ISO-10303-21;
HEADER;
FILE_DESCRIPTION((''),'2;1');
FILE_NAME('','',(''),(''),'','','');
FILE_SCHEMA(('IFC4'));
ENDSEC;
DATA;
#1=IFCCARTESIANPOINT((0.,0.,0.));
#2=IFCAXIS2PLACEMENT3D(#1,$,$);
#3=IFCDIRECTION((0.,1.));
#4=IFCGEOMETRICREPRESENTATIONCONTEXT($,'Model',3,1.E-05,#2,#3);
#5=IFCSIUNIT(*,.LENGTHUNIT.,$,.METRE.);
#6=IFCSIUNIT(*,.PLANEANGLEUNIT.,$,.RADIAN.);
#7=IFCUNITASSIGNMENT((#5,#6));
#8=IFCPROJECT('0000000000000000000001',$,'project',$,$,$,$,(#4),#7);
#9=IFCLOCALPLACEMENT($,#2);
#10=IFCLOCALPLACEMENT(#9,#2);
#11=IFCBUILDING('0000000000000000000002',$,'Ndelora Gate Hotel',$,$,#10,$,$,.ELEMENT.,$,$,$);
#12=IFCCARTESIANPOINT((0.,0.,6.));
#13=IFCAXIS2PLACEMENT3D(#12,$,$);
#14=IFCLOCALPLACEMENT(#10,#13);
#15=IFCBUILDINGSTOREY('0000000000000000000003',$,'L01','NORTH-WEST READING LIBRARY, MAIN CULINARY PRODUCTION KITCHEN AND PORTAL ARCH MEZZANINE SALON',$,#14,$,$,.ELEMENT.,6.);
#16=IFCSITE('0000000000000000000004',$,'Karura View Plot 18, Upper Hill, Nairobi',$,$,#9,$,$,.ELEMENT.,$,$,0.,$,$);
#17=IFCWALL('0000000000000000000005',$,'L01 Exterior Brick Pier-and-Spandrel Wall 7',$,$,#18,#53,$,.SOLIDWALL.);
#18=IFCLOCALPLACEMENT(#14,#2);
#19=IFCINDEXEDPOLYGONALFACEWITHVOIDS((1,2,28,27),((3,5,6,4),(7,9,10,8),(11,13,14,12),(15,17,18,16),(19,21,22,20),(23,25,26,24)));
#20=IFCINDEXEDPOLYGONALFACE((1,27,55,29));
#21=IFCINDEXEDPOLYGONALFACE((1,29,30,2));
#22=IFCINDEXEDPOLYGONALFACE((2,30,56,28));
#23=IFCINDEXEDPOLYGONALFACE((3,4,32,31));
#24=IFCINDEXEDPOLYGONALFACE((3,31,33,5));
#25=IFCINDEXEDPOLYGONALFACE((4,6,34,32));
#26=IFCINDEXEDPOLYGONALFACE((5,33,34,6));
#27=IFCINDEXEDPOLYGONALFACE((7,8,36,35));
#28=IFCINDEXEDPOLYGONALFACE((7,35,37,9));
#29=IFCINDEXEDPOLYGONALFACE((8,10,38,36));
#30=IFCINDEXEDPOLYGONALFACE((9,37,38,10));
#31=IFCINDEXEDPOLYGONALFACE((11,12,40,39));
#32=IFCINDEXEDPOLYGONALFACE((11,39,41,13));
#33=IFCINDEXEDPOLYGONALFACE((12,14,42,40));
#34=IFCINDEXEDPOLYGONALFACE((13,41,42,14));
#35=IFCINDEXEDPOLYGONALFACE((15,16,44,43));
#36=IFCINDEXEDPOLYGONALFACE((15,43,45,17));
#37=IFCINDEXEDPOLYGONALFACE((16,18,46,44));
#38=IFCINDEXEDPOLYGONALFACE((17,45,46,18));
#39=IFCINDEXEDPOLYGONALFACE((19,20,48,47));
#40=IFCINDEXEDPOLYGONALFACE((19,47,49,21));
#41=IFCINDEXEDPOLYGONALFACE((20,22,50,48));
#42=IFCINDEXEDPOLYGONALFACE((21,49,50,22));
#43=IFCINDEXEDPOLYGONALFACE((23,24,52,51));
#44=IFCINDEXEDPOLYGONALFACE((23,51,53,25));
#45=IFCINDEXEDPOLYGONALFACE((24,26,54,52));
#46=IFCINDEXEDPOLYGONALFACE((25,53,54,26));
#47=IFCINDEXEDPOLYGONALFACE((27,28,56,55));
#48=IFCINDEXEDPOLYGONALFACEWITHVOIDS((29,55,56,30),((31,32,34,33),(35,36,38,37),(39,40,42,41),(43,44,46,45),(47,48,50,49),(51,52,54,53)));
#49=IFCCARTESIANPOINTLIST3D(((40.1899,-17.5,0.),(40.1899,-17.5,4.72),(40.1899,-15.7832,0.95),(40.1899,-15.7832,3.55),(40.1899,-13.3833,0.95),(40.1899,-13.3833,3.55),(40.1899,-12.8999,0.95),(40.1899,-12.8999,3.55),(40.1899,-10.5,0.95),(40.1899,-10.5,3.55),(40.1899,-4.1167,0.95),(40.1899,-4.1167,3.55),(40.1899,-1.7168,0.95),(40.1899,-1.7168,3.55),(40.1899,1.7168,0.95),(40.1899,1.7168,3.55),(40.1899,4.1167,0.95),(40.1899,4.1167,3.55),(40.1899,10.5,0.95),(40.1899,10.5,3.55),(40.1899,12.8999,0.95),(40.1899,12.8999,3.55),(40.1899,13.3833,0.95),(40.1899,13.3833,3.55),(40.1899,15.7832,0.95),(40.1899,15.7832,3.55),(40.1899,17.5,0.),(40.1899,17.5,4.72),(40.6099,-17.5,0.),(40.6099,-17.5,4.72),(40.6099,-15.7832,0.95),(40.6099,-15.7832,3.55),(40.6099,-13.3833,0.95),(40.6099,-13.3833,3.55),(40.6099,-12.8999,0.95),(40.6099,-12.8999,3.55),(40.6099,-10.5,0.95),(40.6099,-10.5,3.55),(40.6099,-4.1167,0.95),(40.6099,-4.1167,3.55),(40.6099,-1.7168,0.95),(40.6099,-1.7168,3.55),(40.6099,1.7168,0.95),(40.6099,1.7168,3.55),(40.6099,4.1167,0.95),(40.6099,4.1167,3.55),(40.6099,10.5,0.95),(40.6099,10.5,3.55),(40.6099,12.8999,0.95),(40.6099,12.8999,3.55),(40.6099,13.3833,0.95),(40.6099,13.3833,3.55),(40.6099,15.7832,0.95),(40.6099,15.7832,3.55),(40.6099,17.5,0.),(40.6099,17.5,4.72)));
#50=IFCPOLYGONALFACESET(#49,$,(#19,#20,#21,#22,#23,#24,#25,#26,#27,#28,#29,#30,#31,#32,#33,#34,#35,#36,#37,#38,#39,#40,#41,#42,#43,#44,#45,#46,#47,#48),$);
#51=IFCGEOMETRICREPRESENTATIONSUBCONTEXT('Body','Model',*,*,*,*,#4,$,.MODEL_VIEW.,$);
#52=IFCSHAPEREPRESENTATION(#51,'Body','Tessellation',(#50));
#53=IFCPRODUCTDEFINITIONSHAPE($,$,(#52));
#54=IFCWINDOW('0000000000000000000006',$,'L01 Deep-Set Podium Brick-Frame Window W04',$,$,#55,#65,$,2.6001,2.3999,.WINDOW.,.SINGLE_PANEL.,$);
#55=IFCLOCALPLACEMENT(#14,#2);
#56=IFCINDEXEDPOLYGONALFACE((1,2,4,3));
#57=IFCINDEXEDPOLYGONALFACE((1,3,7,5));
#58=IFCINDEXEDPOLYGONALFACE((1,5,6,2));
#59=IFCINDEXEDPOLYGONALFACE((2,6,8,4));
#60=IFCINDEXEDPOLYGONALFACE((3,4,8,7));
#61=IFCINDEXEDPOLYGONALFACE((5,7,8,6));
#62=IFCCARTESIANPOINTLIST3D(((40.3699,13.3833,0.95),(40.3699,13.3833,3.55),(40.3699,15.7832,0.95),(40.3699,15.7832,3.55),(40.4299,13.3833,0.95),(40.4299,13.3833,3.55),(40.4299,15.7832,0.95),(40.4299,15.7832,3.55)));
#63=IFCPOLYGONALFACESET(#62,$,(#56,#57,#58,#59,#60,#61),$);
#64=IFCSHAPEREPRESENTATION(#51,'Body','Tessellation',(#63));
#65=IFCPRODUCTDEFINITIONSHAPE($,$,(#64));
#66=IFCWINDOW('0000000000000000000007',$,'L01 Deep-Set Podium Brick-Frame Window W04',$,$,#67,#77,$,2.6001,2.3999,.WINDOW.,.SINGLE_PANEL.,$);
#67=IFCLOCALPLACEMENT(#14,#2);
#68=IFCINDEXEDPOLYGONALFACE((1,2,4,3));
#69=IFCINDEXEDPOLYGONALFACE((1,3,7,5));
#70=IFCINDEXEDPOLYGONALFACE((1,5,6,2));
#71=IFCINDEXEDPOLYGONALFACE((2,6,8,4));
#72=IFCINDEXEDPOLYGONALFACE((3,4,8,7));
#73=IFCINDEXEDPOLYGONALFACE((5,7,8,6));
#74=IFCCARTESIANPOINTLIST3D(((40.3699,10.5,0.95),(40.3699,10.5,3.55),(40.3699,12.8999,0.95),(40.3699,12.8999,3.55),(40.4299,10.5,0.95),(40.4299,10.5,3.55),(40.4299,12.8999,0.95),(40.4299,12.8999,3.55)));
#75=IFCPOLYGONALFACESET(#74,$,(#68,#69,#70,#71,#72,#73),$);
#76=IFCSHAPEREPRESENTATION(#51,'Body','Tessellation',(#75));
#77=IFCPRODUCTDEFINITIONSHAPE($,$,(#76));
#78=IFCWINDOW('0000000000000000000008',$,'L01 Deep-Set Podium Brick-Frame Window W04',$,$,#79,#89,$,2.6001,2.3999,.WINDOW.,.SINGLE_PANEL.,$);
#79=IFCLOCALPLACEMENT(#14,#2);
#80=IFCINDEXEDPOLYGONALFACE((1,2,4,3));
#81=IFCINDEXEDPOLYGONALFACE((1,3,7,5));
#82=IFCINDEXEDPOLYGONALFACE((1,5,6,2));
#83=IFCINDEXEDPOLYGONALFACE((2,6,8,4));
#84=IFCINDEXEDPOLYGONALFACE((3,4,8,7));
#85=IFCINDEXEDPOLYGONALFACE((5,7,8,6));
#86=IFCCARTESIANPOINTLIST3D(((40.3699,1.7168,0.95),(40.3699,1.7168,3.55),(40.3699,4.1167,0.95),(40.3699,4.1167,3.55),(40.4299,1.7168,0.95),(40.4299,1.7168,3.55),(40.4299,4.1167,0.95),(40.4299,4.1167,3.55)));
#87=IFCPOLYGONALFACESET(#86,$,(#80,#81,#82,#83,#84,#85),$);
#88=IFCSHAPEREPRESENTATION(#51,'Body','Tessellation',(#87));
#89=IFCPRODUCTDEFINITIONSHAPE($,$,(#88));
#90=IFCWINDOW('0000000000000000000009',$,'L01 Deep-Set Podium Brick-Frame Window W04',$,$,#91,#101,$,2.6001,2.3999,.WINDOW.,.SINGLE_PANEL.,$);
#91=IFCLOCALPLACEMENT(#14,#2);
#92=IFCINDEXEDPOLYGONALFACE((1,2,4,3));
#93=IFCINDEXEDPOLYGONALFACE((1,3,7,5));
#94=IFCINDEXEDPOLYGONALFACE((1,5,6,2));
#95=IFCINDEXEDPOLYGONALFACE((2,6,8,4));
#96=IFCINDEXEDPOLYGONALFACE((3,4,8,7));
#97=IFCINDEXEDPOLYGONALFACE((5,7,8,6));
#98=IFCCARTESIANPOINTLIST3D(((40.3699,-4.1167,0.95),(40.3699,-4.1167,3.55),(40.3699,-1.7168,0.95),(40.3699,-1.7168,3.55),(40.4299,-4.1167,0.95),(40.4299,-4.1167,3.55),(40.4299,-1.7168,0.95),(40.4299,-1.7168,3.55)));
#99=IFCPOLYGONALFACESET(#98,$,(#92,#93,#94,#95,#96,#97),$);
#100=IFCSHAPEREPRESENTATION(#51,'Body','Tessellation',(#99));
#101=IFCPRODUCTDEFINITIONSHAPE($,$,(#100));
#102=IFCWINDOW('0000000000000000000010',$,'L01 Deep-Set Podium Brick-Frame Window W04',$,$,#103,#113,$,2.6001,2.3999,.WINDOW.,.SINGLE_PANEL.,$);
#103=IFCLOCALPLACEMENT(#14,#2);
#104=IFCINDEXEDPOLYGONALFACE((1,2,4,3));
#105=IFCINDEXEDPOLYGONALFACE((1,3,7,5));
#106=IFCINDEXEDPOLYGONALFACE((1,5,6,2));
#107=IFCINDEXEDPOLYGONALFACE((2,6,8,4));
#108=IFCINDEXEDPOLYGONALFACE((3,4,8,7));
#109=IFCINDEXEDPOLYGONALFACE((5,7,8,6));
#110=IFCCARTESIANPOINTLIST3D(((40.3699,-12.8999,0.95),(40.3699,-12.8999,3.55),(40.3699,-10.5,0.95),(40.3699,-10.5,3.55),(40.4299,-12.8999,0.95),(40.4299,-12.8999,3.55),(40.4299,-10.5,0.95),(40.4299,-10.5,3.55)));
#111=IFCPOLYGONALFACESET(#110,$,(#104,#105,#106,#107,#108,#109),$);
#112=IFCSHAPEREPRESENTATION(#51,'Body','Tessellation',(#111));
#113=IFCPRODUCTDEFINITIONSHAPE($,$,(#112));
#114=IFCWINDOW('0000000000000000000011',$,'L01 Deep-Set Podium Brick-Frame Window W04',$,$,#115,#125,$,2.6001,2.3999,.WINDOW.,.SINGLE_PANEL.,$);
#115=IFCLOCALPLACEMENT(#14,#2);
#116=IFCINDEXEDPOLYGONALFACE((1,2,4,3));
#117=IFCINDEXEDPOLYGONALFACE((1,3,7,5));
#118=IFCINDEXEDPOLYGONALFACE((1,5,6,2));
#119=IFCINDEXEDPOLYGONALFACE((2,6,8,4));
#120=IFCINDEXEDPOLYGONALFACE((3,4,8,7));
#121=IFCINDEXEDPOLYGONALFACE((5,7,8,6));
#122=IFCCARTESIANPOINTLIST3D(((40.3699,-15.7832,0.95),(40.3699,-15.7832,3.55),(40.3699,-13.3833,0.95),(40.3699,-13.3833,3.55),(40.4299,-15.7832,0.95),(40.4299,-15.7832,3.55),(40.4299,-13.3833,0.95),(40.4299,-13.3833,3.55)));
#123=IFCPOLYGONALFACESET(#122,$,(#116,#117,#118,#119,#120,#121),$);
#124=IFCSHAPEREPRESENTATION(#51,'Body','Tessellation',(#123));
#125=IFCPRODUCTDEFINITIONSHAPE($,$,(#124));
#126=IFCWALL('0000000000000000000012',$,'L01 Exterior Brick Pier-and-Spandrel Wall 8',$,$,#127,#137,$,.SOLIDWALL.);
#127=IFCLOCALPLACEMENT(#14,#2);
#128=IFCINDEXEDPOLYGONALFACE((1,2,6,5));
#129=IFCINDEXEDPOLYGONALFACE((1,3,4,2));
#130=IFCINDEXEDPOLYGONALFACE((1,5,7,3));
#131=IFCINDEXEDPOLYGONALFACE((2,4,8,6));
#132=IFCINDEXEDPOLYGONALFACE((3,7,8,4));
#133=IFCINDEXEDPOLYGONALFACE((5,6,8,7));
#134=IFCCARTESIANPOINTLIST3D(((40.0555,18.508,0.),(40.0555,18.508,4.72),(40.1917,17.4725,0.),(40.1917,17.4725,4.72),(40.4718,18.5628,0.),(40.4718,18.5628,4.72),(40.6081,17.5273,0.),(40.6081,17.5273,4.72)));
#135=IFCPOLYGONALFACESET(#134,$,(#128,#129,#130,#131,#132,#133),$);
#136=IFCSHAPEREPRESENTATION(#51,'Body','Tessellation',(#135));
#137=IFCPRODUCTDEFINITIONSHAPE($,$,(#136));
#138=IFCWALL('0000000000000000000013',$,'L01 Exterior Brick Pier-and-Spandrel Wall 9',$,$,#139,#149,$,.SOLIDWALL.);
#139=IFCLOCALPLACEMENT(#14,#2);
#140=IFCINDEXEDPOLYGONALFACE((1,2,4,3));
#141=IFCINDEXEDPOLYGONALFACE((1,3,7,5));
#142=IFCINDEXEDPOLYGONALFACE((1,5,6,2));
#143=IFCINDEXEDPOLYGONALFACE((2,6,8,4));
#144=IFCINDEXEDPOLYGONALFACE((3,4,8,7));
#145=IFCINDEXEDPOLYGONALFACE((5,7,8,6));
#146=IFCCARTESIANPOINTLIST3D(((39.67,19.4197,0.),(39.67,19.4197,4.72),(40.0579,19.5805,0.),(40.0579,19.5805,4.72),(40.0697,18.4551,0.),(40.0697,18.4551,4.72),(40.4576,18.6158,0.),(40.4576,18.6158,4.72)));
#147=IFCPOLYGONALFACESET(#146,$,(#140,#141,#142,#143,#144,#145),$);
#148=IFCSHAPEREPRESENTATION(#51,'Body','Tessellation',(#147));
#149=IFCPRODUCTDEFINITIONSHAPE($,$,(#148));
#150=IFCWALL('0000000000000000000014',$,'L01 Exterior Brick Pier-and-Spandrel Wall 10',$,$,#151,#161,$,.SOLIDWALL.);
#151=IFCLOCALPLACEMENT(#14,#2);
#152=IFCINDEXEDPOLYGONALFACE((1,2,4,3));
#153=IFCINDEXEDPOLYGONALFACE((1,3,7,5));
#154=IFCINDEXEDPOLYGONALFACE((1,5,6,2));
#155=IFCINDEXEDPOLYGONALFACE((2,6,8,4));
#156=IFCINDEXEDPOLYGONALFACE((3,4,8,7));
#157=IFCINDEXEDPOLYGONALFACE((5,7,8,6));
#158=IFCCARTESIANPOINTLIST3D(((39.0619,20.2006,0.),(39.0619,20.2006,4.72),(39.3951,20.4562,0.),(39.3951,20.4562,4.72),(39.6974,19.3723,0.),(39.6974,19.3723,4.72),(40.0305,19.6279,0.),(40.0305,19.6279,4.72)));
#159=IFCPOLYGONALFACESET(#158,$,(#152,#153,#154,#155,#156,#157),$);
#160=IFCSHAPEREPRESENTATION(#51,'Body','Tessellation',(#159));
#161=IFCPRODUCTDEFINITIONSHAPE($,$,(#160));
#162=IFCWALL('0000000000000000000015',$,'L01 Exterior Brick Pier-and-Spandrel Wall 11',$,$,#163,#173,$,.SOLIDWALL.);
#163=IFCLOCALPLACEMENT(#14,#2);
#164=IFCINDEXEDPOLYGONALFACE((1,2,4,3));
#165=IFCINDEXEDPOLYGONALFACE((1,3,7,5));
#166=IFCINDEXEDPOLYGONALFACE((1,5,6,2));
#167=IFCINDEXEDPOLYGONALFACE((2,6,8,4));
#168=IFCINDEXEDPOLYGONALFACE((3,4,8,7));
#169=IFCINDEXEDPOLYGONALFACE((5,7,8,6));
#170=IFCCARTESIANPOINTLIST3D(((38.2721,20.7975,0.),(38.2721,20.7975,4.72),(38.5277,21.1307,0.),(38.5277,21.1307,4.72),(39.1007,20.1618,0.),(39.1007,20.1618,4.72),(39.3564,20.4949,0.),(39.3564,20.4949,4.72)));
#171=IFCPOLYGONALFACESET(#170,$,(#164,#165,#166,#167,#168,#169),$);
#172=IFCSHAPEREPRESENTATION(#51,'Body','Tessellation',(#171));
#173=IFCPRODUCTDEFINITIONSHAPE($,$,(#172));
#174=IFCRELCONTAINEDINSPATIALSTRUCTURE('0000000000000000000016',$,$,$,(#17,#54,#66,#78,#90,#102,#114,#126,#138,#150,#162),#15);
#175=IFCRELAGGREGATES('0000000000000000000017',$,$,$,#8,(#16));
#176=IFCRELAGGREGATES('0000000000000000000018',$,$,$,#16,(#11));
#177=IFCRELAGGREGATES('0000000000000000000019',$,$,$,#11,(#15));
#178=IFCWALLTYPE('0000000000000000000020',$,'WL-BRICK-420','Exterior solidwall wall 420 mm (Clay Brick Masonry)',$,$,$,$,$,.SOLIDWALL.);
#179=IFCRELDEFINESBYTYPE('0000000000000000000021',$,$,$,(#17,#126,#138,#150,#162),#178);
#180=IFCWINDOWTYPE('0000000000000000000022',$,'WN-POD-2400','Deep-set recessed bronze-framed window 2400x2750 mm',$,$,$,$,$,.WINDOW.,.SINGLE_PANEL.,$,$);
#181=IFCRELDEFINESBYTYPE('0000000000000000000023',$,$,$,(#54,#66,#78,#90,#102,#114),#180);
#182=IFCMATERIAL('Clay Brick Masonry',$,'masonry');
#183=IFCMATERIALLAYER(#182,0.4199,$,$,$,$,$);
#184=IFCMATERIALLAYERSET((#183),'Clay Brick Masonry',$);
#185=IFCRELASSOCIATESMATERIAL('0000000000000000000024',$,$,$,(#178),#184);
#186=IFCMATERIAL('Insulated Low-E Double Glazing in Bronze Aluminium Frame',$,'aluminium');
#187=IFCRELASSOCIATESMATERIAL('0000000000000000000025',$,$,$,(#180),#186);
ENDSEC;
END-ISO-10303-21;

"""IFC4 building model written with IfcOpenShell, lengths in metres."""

from ifc_helpers import new_model, si_unit, direction, frame, frame_2d, origin, place, context, subcontext, project, spatial, rectangle, extrude, material, layer, layer_set, type_object, element, fill, save


model = new_model("IFC4")

# Units and contexts
model_context = context("Model", 3, precision=1e-05, world=origin(), true_north=direction((0.0, 1.0)))
body_context = subcontext(model_context, "Body", "Model", "MODEL_VIEW")
ifc_project = project(units=[si_unit("LENGTHUNIT", "METRE"), si_unit("PLANEANGLEUNIT", "RADIAN")], contexts=[model_context])

# Site, building, storey
site_placement = place(None, origin())
site = spatial("IfcSite", under=ifc_project, at=site_placement, Name="Karura View Plot 18, Upper Hill, Nairobi", CompositionType="ELEMENT", RefElevation=0.0)
building_placement = place(site_placement, origin())
building = spatial("IfcBuilding", under=site, at=building_placement, Name="Ndelora Gate Hotel", CompositionType="ELEMENT")
storey_placement = place(building_placement, frame((0.0, 0.0, 6.0)))
storey = spatial("IfcBuildingStorey", under=building, at=storey_placement, Name="L01", Description="NORTH-WEST READING LIBRARY, MAIN CULINARY PRODUCTION KITCHEN AND PORTAL ARCH MEZZANINE SALON", CompositionType="ELEMENT", Elevation=6.0)

# Wall, openings, windows
ifc_material_1 = material(Name="Clay Brick Masonry", Category="masonry")
ifc_layer_1 = layer(ifc_material_1, 0.4199)
ifc_layer_set_1 = layer_set([ifc_layer_1], Name="Clay Brick Masonry")
wall_type = type_object("IfcWallType", Name="WL-BRICK-420", Description="Exterior solidwall wall 420 mm (Clay Brick Masonry)", PredefinedType="SOLIDWALL", material=ifc_layer_set_1)
wall_1_placement = place(storey_placement, frame((40.3999, 17.5, 0.0), z_axis=(0.0, 0.0, 1.0), x_axis=(0.0, -1.0, 0.0)))
wall_1 = element("IfcWall", 1, at=wall_1_placement, inside=storey, type_object=wall_type, Name="L01 Exterior Brick Pier-and-Spandrel Wall 7", PredefinedType="SOLIDWALL", context=body_context, shape_type="SweptSolid", body=[
    extrude(rectangle(XDim=35.0, YDim=0.4199, at=frame_2d((17.5, 0.0))), origin(), (0.0, 0.0, 1.0), 4.72),
])
opening_1_placement = place(wall_1_placement, frame((1.7168, 0.0, 0.95)))
opening_1 = element("IfcOpeningElement", 2, at=opening_1_placement, cuts=wall_1, PredefinedType="OPENING", context=body_context, shape_type="SweptSolid", body=[
    extrude(rectangle(XDim=2.3999, YDim=2.6001, at=frame_2d((1.2, 1.3))), frame((0.0, 0.22, 0.0), z_axis=(0.0, -1.0, 0.0), x_axis=(1.0, 0.0, 0.0)), (0.0, 0.0, 1.0), 0.4399),
])
opening_2_placement = place(wall_1_placement, frame((4.6001, 0.0, 0.95)))
opening_2 = element("IfcOpeningElement", 3, at=opening_2_placement, cuts=wall_1, PredefinedType="OPENING", context=body_context, shape_type="SweptSolid", body=[
    extrude(rectangle(XDim=2.3999, YDim=2.6001, at=frame_2d((1.2, 1.3))), frame((0.0, 0.22, 0.0), z_axis=(0.0, -1.0, 0.0), x_axis=(1.0, 0.0, 0.0)), (0.0, 0.0, 1.0), 0.4399),
])
opening_3_placement = place(wall_1_placement, frame((13.3833, 0.0, 0.95)))
opening_3 = element("IfcOpeningElement", 4, at=opening_3_placement, cuts=wall_1, PredefinedType="OPENING", context=body_context, shape_type="SweptSolid", body=[
    extrude(rectangle(XDim=2.3999, YDim=2.6001, at=frame_2d((1.2, 1.3))), frame((0.0, 0.22, 0.0), z_axis=(0.0, -1.0, 0.0), x_axis=(1.0, 0.0, 0.0)), (0.0, 0.0, 1.0), 0.4399),
])
opening_4_placement = place(wall_1_placement, frame((19.2168, 0.0, 0.95)))
opening_4 = element("IfcOpeningElement", 5, at=opening_4_placement, cuts=wall_1, PredefinedType="OPENING", context=body_context, shape_type="SweptSolid", body=[
    extrude(rectangle(XDim=2.3999, YDim=2.6001, at=frame_2d((1.2, 1.3))), frame((0.0, 0.22, 0.0), z_axis=(0.0, -1.0, 0.0), x_axis=(1.0, 0.0, 0.0)), (0.0, 0.0, 1.0), 0.4399),
])
opening_5_placement = place(wall_1_placement, frame((28.0, 0.0, 0.95)))
opening_5 = element("IfcOpeningElement", 6, at=opening_5_placement, cuts=wall_1, PredefinedType="OPENING", context=body_context, shape_type="SweptSolid", body=[
    extrude(rectangle(XDim=2.3999, YDim=2.6001, at=frame_2d((1.2, 1.3))), frame((0.0, 0.22, 0.0), z_axis=(0.0, -1.0, 0.0), x_axis=(1.0, 0.0, 0.0)), (0.0, 0.0, 1.0), 0.4399),
])
opening_6_placement = place(wall_1_placement, frame((30.8833, 0.0, 0.95)))
opening_6 = element("IfcOpeningElement", 7, at=opening_6_placement, cuts=wall_1, PredefinedType="OPENING", context=body_context, shape_type="SweptSolid", body=[
    extrude(rectangle(XDim=2.3999, YDim=2.6001, at=frame_2d((1.2, 1.3))), frame((0.0, 0.22, 0.0), z_axis=(0.0, -1.0, 0.0), x_axis=(1.0, 0.0, 0.0)), (0.0, 0.0, 1.0), 0.4399),
])
ifc_material_2 = material(Name="Insulated Low-E Double Glazing in Bronze Aluminium Frame", Category="aluminium")
window_type = type_object("IfcWindowType", Name="WN-POD-2400", Description="Deep-set recessed bronze-framed window 2400x2750 mm", PartitioningType="SINGLE_PANEL", PredefinedType="WINDOW", material=ifc_material_2)
window_1_placement = place(opening_1_placement, origin())
window_1 = element("IfcWindow", 8, at=window_1_placement, inside=storey, type_object=window_type, Name="L01 Deep-Set Podium Brick-Frame Window W04", OverallHeight=2.6001, OverallWidth=2.3999, PartitioningType="SINGLE_PANEL", PredefinedType="WINDOW", context=body_context, shape_type="SweptSolid", body=[
    extrude(rectangle(XDim=2.3999, YDim=2.6001, at=frame_2d((1.2, 1.3))), frame((0.0, 0.03, 0.0), z_axis=(0.0, -1.0, 0.0), x_axis=(1.0, 0.0, 0.0)), (0.0, 0.0, 1.0), 0.0601),
])
fill(opening_1, window_1)
window_2_placement = place(opening_2_placement, origin())
window_2 = element("IfcWindow", 9, at=window_2_placement, inside=storey, type_object=window_type, Name="L01 Deep-Set Podium Brick-Frame Window W04", OverallHeight=2.6001, OverallWidth=2.3999, PartitioningType="SINGLE_PANEL", PredefinedType="WINDOW", context=body_context, shape_type="SweptSolid", body=[
    extrude(rectangle(XDim=2.3999, YDim=2.6001, at=frame_2d((1.2, 1.3))), frame((0.0, 0.03, 0.0), z_axis=(0.0, -1.0, 0.0), x_axis=(1.0, 0.0, 0.0)), (0.0, 0.0, 1.0), 0.0601),
])
fill(opening_2, window_2)
window_3_placement = place(opening_3_placement, origin())
window_3 = element("IfcWindow", 10, at=window_3_placement, inside=storey, type_object=window_type, Name="L01 Deep-Set Podium Brick-Frame Window W04", OverallHeight=2.6001, OverallWidth=2.3999, PartitioningType="SINGLE_PANEL", PredefinedType="WINDOW", context=body_context, shape_type="SweptSolid", body=[
    extrude(rectangle(XDim=2.3999, YDim=2.6001, at=frame_2d((1.2, 1.3))), frame((0.0, 0.03, 0.0), z_axis=(0.0, -1.0, 0.0), x_axis=(1.0, 0.0, 0.0)), (0.0, 0.0, 1.0), 0.0601),
])
fill(opening_3, window_3)
window_4_placement = place(opening_4_placement, origin())
window_4 = element("IfcWindow", 11, at=window_4_placement, inside=storey, type_object=window_type, Name="L01 Deep-Set Podium Brick-Frame Window W04", OverallHeight=2.6001, OverallWidth=2.3999, PartitioningType="SINGLE_PANEL", PredefinedType="WINDOW", context=body_context, shape_type="SweptSolid", body=[
    extrude(rectangle(XDim=2.3999, YDim=2.6001, at=frame_2d((1.2, 1.3))), frame((0.0, 0.03, 0.0), z_axis=(0.0, -1.0, 0.0), x_axis=(1.0, 0.0, 0.0)), (0.0, 0.0, 1.0), 0.0601),
])
fill(opening_4, window_4)
window_5_placement = place(opening_5_placement, origin())
window_5 = element("IfcWindow", 12, at=window_5_placement, inside=storey, type_object=window_type, Name="L01 Deep-Set Podium Brick-Frame Window W04", OverallHeight=2.6001, OverallWidth=2.3999, PartitioningType="SINGLE_PANEL", PredefinedType="WINDOW", context=body_context, shape_type="SweptSolid", body=[
    extrude(rectangle(XDim=2.3999, YDim=2.6001, at=frame_2d((1.2, 1.3))), frame((0.0, 0.03, 0.0), z_axis=(0.0, -1.0, 0.0), x_axis=(1.0, 0.0, 0.0)), (0.0, 0.0, 1.0), 0.0601),
])
fill(opening_5, window_5)
window_6_placement = place(opening_6_placement, origin())
window_6 = element("IfcWindow", 13, at=window_6_placement, inside=storey, type_object=window_type, Name="L01 Deep-Set Podium Brick-Frame Window W04", OverallHeight=2.6001, OverallWidth=2.3999, PartitioningType="SINGLE_PANEL", PredefinedType="WINDOW", context=body_context, shape_type="SweptSolid", body=[
    extrude(rectangle(XDim=2.3999, YDim=2.6001, at=frame_2d((1.2, 1.3))), frame((0.0, 0.03, 0.0), z_axis=(0.0, -1.0, 0.0), x_axis=(1.0, 0.0, 0.0)), (0.0, 0.0, 1.0), 0.0601),
])
fill(opening_6, window_6)

# Walls
wall_2_placement = place(storey_placement, frame((40.2637, 18.5354, 0.0), z_axis=(0.0, 0.0, 1.0), x_axis=(0.130448, -0.991455, 0.0)))
element("IfcWall", 14, at=wall_2_placement, inside=storey, type_object=wall_type, Name="L01 Exterior Brick Pier-and-Spandrel Wall 8", PredefinedType="SOLIDWALL", context=body_context, shape_type="SweptSolid", body=[
    extrude(rectangle(XDim=1.0444, YDim=0.4199, at=frame_2d((0.5222, 0.0))), origin(), (0.0, 0.0, 1.0), 4.72),
])
wall_3_placement = place(storey_placement, frame((39.864, 19.5, 0.0), z_axis=(0.0, 0.0, 1.0), x_axis=(0.382772, -0.923843, 0.0)))
element("IfcWall", 15, at=wall_3_placement, inside=storey, type_object=wall_type, Name="L01 Exterior Brick Pier-and-Spandrel Wall 9", PredefinedType="SOLIDWALL", context=body_context, shape_type="SweptSolid", body=[
    extrude(rectangle(XDim=1.0442, YDim=0.4199, at=frame_2d((0.522, 0.0))), origin(), (0.0, 0.0, 1.0), 4.72),
])
wall_4_placement = place(storey_placement, frame((39.2285, 20.3284, 0.0), z_axis=(0.0, 0.0, 1.0), x_axis=(0.608682, -0.793414, 0.0)))
element("IfcWall", 16, at=wall_4_placement, inside=storey, type_object=wall_type, Name="L01 Exterior Brick Pier-and-Spandrel Wall 10", PredefinedType="SOLIDWALL", context=body_context, shape_type="SweptSolid", body=[
    extrude(rectangle(XDim=1.0439, YDim=0.4199, at=frame_2d((0.522, 0.0))), origin(), (0.0, 0.0, 1.0), 4.72),
])
wall_5_placement = place(storey_placement, frame((38.3999, 20.9641, 0.0), z_axis=(0.0, 0.0, 1.0), x_axis=(0.793388, -0.608716, 0.0)))
element("IfcWall", 17, at=wall_5_placement, inside=storey, type_object=wall_type, Name="L01 Exterior Brick Pier-and-Spandrel Wall 11", PredefinedType="SOLIDWALL", context=body_context, shape_type="SweptSolid", body=[
    extrude(rectangle(XDim=1.0444, YDim=0.4199, at=frame_2d((0.5222, 0.0))), origin(), (0.0, 0.0, 1.0), 4.72),
])

save(model, "model.ifc")
